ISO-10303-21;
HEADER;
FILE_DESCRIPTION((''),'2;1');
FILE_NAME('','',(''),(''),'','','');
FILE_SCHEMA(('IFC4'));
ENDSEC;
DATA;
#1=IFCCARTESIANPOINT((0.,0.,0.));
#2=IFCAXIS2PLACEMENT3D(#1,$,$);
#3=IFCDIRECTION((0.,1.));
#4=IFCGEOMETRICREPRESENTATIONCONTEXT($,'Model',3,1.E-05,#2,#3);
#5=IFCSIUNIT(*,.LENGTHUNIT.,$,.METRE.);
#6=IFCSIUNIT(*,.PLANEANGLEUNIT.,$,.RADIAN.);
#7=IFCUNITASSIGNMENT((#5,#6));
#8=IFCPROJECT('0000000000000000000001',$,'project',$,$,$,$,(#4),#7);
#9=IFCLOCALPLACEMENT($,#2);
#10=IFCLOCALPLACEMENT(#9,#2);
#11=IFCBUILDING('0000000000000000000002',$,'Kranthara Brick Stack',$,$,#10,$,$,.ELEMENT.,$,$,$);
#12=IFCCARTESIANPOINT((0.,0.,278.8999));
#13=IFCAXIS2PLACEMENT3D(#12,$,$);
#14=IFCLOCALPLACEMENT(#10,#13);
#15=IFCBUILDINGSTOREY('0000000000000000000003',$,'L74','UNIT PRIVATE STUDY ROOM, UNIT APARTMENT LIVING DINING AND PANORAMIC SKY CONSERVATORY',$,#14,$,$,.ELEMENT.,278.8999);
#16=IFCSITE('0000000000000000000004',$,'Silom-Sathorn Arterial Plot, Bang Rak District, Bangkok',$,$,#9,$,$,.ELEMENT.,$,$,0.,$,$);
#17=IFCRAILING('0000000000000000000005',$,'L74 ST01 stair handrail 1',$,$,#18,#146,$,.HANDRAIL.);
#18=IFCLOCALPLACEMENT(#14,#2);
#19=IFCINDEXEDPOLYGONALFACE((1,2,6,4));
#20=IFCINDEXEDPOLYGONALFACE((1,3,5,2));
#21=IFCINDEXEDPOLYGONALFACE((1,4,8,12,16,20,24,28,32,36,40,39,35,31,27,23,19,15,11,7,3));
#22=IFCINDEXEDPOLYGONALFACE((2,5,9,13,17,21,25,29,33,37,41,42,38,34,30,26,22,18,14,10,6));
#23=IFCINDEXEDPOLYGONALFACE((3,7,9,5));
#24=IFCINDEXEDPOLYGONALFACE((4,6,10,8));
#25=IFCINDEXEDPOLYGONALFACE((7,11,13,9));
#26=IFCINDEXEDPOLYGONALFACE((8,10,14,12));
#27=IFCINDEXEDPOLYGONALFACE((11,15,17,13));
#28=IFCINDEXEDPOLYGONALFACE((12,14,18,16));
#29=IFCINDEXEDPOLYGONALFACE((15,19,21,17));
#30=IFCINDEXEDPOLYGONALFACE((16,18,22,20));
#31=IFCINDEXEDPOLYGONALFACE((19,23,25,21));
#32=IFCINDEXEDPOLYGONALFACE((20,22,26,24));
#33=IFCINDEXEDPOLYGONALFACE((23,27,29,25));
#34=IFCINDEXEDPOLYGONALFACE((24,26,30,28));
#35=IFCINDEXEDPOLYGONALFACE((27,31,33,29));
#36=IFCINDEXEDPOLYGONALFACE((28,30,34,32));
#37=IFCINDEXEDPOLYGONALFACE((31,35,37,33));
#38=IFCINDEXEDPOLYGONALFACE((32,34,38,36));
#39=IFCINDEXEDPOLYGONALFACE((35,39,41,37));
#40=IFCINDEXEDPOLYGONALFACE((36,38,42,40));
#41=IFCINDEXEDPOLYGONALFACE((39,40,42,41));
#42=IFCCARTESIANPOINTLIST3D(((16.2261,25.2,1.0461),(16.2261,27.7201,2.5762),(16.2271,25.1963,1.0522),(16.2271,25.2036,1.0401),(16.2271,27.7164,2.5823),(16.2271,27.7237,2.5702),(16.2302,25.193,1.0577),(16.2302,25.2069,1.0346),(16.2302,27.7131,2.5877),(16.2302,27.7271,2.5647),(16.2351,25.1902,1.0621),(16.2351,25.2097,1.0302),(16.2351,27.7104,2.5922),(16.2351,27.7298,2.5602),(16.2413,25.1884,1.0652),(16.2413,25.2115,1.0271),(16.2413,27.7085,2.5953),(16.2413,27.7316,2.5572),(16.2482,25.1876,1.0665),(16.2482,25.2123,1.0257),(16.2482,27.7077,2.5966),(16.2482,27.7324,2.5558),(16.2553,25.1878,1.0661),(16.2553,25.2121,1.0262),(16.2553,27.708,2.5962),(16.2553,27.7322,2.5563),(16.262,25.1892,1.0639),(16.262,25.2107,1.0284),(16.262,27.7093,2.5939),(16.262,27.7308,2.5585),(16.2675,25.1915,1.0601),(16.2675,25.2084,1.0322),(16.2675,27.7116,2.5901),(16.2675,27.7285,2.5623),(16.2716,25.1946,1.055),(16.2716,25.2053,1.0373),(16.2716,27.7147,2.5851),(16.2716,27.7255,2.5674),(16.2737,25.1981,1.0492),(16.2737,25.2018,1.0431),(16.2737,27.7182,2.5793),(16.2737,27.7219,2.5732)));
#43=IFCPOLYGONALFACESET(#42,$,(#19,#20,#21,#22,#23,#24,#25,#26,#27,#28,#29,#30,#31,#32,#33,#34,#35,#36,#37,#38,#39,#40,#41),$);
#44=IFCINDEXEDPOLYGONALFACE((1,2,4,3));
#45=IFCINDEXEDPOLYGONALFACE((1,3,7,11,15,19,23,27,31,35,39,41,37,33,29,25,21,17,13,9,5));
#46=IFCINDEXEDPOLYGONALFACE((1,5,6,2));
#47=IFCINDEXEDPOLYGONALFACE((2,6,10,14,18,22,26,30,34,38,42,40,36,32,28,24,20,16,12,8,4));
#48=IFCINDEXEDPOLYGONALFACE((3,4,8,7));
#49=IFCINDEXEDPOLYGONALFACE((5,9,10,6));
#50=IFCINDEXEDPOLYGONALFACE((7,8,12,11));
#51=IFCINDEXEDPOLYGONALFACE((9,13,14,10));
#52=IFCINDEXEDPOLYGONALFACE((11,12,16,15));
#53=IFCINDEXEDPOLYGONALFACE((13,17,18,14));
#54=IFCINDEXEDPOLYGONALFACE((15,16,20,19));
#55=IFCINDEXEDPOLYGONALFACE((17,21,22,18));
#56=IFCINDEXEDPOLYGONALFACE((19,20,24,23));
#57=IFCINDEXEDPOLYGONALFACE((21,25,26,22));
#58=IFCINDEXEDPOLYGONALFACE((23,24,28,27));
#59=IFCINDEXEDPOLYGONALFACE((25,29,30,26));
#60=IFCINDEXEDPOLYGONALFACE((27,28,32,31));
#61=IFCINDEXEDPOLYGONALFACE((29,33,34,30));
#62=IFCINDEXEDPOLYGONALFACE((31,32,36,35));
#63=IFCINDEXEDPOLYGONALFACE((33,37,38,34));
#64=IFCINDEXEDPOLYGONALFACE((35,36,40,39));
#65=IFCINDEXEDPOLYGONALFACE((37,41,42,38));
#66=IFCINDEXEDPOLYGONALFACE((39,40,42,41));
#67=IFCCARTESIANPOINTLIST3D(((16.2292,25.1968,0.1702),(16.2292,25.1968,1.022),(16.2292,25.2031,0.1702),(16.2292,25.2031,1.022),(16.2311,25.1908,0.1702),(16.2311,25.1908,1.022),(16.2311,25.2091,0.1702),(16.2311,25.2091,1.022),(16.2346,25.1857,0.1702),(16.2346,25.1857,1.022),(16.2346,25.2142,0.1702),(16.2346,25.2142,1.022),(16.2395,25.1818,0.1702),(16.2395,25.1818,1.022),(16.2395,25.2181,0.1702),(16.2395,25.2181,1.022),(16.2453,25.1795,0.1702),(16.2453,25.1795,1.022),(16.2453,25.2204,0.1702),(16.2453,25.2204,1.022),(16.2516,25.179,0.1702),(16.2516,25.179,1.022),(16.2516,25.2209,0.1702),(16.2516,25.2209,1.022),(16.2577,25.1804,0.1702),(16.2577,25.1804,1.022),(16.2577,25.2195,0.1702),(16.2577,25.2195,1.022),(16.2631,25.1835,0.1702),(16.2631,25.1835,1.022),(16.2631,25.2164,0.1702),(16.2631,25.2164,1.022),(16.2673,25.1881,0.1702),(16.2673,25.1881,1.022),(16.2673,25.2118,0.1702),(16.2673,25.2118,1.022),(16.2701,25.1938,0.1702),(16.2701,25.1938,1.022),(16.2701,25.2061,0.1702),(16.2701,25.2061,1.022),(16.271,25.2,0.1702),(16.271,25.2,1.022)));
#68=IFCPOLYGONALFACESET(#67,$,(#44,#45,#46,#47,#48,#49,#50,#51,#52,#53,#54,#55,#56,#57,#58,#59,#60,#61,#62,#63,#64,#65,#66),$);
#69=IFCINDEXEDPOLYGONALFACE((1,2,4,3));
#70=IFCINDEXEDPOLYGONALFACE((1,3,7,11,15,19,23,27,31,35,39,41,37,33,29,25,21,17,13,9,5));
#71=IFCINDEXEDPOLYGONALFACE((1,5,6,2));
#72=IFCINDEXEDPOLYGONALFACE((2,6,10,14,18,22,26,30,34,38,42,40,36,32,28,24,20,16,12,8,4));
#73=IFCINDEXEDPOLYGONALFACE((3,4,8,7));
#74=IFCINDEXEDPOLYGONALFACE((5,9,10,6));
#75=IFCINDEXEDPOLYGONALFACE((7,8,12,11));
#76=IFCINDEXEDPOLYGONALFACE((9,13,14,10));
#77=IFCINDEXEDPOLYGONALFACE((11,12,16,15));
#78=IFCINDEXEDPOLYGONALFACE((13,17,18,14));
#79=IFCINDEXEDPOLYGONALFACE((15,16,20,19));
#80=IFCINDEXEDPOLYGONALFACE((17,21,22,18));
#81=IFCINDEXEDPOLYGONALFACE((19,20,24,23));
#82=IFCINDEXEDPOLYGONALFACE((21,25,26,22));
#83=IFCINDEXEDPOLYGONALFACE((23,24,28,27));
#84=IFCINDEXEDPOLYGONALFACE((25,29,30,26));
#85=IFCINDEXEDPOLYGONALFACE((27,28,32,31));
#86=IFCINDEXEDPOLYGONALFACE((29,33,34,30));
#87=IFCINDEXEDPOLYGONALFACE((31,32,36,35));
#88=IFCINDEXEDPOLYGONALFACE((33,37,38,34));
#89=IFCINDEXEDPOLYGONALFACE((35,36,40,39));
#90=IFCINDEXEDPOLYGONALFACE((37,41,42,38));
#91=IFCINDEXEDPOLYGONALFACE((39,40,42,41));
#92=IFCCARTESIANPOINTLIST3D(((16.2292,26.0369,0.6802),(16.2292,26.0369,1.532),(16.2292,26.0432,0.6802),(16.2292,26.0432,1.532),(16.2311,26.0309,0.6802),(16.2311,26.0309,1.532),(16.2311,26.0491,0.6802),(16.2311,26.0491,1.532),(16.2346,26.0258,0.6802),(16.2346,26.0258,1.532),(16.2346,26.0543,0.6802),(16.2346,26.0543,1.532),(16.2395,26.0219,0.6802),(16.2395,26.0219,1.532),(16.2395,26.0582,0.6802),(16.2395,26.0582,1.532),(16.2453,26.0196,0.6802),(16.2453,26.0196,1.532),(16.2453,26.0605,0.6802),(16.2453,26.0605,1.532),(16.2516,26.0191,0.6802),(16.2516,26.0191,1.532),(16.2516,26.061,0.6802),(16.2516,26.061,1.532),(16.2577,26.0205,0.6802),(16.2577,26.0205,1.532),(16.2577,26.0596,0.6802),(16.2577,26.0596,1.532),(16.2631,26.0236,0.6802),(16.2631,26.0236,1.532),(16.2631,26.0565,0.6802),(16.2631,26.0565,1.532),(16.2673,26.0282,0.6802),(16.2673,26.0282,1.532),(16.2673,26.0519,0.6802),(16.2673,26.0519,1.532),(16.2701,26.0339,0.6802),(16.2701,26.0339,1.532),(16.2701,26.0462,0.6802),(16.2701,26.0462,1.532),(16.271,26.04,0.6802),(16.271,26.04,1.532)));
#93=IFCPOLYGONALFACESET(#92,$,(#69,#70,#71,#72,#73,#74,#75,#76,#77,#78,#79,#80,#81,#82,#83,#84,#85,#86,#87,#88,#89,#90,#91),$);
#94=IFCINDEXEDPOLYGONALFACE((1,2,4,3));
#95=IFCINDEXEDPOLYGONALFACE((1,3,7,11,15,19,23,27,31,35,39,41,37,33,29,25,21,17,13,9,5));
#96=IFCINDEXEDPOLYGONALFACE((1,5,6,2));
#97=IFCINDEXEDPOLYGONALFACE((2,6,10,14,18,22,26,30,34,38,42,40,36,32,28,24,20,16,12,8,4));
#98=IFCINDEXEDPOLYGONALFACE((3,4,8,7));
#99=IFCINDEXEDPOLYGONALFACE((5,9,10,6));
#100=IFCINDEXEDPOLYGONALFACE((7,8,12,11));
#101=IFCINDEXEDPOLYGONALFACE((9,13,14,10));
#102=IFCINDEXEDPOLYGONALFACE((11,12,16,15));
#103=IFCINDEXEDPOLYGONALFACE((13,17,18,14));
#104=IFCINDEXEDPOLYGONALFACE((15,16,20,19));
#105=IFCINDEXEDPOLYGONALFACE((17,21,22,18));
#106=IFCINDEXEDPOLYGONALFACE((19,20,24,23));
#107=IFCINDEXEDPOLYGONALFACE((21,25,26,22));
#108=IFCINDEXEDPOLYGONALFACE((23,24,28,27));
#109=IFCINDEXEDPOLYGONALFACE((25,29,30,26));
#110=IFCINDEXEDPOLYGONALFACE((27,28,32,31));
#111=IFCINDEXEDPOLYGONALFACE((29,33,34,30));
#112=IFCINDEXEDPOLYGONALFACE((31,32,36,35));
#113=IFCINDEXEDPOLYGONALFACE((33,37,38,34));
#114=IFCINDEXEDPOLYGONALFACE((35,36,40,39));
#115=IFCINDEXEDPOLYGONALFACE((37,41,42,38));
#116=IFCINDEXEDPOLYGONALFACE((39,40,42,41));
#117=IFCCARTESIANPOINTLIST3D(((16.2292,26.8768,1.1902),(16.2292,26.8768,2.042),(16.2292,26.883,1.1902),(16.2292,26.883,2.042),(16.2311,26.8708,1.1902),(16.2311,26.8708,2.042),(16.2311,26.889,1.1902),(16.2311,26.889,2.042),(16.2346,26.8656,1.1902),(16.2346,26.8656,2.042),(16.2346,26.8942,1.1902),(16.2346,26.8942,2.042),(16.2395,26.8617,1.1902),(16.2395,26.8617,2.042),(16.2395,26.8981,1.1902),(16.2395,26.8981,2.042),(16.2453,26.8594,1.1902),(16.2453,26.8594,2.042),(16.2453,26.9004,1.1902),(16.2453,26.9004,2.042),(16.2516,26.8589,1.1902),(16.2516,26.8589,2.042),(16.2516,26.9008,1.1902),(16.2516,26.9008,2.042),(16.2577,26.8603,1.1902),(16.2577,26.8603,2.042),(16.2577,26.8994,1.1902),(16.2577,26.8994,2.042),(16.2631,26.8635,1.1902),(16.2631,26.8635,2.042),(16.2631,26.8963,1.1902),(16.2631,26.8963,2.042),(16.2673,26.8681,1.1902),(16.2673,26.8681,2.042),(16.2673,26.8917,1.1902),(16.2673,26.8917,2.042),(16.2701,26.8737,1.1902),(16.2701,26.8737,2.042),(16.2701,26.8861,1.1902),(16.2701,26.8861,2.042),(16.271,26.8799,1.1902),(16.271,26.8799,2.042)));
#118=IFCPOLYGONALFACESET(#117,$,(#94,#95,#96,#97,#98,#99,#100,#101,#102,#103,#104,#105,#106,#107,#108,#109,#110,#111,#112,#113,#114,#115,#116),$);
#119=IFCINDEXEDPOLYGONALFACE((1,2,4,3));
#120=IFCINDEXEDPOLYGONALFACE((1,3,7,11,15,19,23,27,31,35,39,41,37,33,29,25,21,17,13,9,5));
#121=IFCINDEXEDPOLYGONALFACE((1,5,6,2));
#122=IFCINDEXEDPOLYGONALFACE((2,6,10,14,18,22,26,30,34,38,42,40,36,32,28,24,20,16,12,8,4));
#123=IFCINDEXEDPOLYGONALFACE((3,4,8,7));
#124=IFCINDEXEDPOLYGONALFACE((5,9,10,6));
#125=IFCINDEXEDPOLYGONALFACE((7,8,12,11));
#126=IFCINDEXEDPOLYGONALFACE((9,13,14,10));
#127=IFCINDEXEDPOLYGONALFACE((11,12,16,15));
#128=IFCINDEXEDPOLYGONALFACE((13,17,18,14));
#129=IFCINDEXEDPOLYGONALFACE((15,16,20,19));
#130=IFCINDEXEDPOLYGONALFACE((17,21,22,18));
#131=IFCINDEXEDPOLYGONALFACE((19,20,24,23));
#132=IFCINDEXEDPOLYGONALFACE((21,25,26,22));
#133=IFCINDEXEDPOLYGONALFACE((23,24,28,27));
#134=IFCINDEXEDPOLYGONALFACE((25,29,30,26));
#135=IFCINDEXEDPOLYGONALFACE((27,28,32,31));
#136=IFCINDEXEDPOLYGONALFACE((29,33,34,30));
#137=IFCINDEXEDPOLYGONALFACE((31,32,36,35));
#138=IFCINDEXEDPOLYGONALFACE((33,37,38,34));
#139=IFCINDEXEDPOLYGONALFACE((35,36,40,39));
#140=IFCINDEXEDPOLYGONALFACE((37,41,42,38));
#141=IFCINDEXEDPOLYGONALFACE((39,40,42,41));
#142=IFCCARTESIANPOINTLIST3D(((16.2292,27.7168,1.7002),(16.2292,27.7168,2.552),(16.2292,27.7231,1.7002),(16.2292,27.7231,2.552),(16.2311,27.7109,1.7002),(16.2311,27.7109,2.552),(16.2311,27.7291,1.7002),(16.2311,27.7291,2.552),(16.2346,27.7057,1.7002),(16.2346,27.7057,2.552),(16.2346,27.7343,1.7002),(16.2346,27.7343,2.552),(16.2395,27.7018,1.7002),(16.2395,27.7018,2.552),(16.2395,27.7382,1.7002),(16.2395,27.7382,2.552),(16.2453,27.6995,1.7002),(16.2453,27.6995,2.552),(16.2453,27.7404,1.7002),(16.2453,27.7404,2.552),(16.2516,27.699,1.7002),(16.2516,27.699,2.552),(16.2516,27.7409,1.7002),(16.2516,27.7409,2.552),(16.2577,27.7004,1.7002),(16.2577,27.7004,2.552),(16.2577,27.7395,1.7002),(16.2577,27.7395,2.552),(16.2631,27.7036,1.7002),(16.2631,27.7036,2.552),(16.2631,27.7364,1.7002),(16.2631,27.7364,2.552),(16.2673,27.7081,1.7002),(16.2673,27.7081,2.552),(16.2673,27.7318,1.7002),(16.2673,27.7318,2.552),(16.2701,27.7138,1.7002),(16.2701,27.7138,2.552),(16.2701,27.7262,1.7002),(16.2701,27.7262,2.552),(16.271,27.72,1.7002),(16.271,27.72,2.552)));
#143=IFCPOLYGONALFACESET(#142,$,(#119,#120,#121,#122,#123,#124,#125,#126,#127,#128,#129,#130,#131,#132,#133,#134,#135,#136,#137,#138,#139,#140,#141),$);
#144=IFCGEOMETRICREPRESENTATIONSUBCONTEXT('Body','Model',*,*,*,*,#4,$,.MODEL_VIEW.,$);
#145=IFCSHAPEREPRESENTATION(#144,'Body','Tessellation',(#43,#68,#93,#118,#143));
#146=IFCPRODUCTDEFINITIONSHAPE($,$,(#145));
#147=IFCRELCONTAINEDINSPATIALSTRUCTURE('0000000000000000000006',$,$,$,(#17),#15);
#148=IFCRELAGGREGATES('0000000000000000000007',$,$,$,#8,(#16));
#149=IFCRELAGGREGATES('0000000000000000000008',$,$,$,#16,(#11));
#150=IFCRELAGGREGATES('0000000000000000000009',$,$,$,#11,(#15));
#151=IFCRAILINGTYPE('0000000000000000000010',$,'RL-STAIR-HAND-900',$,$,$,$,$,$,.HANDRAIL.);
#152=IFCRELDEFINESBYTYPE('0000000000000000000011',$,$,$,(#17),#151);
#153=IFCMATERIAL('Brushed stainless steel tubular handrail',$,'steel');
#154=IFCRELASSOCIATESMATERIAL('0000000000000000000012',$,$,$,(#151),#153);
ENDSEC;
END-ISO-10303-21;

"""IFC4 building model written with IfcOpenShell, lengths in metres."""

from ifc_helpers import new_model, si_unit, direction, frame, origin, origin_2d, place, context, subcontext, project, spatial, circle, extrude, material, type_object, element, save


model = new_model("IFC4")

# Units and contexts
model_context = context("Model", 3, precision=1e-05, world=origin(), true_north=direction((0.0, 1.0)))
body_context = subcontext(model_context, "Body", "Model", "MODEL_VIEW")
ifc_project = project(units=[si_unit("LENGTHUNIT", "METRE"), si_unit("PLANEANGLEUNIT", "RADIAN")], contexts=[model_context])

# Site, building, storey
site_placement = place(None, origin())
site = spatial("IfcSite", under=ifc_project, at=site_placement, Name="Silom-Sathorn Arterial Plot, Bang Rak District, Bangkok", CompositionType="ELEMENT", RefElevation=0.0)
building_placement = place(site_placement, origin())
building = spatial("IfcBuilding", under=site, at=building_placement, Name="Kranthara Brick Stack", CompositionType="ELEMENT")
storey_placement = place(building_placement, frame((0.0, 0.0, 278.8999)))
storey = spatial("IfcBuildingStorey", under=building, at=storey_placement, Name="L74", Description="UNIT PRIVATE STUDY ROOM, UNIT APARTMENT LIVING DINING AND PANORAMIC SKY CONSERVATORY", CompositionType="ELEMENT", Elevation=278.8999)

# Railing
ifc_material_1 = material(Name="Brushed stainless steel tubular handrail", Category="steel")
railing_type_1 = type_object("IfcRailingType", Name="RL-STAIR-HAND-900", PredefinedType="HANDRAIL", material=ifc_material_1)
railing_1_placement = place(storey_placement, frame((16.25, 25.2, 0.1702)))
element("IfcRailing", 1, at=railing_1_placement, inside=storey, type_object=railing_type_1, Name="L74 ST01 stair handrail 1", PredefinedType="HANDRAIL", context=body_context, shape_type="SweptSolid", body=[
    extrude(circle(Radius=0.0239, at=origin_2d()), frame((0.0, 0.0, 0.876), z_axis=(0.0, 0.854785, 0.518982), x_axis=(-1.0, 0.0, 0.0)), (0.0, 0.0, 1.0), 2.9482),
    extrude(circle(Radius=0.021, at=origin_2d()), origin(), (0.0, 0.0, 1.0), 0.8518),
    extrude(circle(Radius=0.021, at=origin_2d()), frame((0.0, 0.8401, 0.51)), (0.0, 0.0, 1.0), 0.8518),
    extrude(circle(Radius=0.021, at=origin_2d()), frame((0.0, 1.6799, 1.02)), (0.0, 0.0, 1.0), 0.8518),
    extrude(circle(Radius=0.021, at=origin_2d()), frame((0.0, 2.52, 1.53)), (0.0, 0.0, 1.0), 0.8518),
])

save(model, "model.ifc")
